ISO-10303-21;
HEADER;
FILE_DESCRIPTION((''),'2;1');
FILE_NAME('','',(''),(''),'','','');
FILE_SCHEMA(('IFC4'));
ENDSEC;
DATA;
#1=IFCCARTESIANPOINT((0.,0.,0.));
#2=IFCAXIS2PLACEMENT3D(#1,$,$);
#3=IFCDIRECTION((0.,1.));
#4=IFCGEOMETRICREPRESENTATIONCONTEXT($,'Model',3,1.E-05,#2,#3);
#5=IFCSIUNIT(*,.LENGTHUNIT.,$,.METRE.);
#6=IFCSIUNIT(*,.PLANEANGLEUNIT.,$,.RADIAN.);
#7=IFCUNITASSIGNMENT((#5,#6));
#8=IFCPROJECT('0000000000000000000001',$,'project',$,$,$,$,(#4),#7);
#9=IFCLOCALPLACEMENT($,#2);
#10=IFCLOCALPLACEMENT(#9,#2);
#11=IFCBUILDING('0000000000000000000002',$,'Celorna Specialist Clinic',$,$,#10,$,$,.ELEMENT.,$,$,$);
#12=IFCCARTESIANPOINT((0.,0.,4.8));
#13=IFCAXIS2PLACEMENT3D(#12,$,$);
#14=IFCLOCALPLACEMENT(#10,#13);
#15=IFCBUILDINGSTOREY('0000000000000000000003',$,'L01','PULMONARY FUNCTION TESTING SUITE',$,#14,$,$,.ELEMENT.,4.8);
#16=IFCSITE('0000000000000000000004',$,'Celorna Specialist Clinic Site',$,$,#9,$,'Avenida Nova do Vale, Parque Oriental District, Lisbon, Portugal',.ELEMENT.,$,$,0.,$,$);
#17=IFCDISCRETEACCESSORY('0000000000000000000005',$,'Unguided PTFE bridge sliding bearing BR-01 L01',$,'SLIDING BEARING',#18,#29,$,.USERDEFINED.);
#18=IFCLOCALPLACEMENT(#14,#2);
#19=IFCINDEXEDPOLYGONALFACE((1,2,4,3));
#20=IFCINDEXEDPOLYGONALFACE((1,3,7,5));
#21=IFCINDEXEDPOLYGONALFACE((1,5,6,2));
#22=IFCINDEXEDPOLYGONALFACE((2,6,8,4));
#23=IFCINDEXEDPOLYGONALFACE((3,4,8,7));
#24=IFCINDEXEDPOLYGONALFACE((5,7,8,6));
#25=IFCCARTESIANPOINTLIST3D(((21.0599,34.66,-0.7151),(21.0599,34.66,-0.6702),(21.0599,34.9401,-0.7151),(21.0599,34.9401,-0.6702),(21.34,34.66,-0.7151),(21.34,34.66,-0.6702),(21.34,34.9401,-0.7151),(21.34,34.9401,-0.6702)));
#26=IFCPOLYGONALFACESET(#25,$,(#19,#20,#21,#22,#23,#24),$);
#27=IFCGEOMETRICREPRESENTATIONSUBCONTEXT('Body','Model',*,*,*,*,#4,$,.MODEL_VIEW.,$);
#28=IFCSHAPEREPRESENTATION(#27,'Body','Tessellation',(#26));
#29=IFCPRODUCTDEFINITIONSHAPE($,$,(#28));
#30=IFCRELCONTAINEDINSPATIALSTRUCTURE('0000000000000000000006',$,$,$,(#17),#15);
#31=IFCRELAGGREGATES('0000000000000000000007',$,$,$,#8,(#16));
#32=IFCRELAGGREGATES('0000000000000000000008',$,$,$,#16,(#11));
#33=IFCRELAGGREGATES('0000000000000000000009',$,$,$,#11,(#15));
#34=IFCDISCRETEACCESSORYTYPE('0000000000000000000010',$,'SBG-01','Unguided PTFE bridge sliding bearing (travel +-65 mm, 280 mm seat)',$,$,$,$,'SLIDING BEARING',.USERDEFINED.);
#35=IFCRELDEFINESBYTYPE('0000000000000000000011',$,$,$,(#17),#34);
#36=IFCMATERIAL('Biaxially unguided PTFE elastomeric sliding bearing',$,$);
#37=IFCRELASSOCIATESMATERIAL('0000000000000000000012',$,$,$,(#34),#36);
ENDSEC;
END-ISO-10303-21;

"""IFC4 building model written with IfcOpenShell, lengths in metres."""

from ifc_helpers import new_model, si_unit, direction, frame, origin, origin_2d, place, context, subcontext, project, spatial, rectangle, extrude, material, type_object, element, save


model = new_model("IFC4")

# Units and contexts
model_context = context("Model", 3, precision=1e-05, world=origin(), true_north=direction((0.0, 1.0)))
body_context = subcontext(model_context, "Body", "Model", "MODEL_VIEW")
ifc_project = project(units=[si_unit("LENGTHUNIT", "METRE"), si_unit("PLANEANGLEUNIT", "RADIAN")], contexts=[model_context])

# Site, building, storey
site_placement = place(None, origin())
site = spatial("IfcSite", under=ifc_project, at=site_placement, Name="Celorna Specialist Clinic Site", LongName="Avenida Nova do Vale, Parque Oriental District, Lisbon, Portugal", CompositionType="ELEMENT", RefElevation=0.0)
building_placement = place(site_placement, origin())
building = spatial("IfcBuilding", under=site, at=building_placement, Name="Celorna Specialist Clinic", CompositionType="ELEMENT")
storey_placement = place(building_placement, frame((0.0, 0.0, 4.8)))
storey = spatial("IfcBuildingStorey", under=building, at=storey_placement, Name="L01", Description="PULMONARY FUNCTION TESTING SUITE", CompositionType="ELEMENT", Elevation=4.8)

# Discrete accessory
ifc_material_1 = material(Name="Biaxially unguided PTFE elastomeric sliding bearing")
discrete_accessory_type = type_object("IfcDiscreteAccessoryType", Name="SBG-01", Description="Unguided PTFE bridge sliding bearing (travel +-65 mm, 280 mm seat)", ElementType="SLIDING BEARING", PredefinedType="USERDEFINED", material=ifc_material_1)
for number, where, z_axis, x_axis, name in (
    (1, (21.2, 34.8, -0.7151), (0.0, 0.0, 1.0), (1.0, 0.0, 0.0), "Unguided PTFE bridge sliding bearing BR-01 L01"),
):
    element("IfcDiscreteAccessory", number, at=place(storey_placement, frame(where, z_axis=z_axis, x_axis=x_axis)), inside=storey, type_object=discrete_accessory_type, Name=name, ObjectType="SLIDING BEARING", PredefinedType="USERDEFINED", context=body_context, shape_type="SweptSolid", body=[
        extrude(rectangle(XDim=0.28, YDim=0.28, at=origin_2d()), origin(), (0.0, 0.0, 1.0), 0.0449),
    ])

save(model, "model.ifc")
